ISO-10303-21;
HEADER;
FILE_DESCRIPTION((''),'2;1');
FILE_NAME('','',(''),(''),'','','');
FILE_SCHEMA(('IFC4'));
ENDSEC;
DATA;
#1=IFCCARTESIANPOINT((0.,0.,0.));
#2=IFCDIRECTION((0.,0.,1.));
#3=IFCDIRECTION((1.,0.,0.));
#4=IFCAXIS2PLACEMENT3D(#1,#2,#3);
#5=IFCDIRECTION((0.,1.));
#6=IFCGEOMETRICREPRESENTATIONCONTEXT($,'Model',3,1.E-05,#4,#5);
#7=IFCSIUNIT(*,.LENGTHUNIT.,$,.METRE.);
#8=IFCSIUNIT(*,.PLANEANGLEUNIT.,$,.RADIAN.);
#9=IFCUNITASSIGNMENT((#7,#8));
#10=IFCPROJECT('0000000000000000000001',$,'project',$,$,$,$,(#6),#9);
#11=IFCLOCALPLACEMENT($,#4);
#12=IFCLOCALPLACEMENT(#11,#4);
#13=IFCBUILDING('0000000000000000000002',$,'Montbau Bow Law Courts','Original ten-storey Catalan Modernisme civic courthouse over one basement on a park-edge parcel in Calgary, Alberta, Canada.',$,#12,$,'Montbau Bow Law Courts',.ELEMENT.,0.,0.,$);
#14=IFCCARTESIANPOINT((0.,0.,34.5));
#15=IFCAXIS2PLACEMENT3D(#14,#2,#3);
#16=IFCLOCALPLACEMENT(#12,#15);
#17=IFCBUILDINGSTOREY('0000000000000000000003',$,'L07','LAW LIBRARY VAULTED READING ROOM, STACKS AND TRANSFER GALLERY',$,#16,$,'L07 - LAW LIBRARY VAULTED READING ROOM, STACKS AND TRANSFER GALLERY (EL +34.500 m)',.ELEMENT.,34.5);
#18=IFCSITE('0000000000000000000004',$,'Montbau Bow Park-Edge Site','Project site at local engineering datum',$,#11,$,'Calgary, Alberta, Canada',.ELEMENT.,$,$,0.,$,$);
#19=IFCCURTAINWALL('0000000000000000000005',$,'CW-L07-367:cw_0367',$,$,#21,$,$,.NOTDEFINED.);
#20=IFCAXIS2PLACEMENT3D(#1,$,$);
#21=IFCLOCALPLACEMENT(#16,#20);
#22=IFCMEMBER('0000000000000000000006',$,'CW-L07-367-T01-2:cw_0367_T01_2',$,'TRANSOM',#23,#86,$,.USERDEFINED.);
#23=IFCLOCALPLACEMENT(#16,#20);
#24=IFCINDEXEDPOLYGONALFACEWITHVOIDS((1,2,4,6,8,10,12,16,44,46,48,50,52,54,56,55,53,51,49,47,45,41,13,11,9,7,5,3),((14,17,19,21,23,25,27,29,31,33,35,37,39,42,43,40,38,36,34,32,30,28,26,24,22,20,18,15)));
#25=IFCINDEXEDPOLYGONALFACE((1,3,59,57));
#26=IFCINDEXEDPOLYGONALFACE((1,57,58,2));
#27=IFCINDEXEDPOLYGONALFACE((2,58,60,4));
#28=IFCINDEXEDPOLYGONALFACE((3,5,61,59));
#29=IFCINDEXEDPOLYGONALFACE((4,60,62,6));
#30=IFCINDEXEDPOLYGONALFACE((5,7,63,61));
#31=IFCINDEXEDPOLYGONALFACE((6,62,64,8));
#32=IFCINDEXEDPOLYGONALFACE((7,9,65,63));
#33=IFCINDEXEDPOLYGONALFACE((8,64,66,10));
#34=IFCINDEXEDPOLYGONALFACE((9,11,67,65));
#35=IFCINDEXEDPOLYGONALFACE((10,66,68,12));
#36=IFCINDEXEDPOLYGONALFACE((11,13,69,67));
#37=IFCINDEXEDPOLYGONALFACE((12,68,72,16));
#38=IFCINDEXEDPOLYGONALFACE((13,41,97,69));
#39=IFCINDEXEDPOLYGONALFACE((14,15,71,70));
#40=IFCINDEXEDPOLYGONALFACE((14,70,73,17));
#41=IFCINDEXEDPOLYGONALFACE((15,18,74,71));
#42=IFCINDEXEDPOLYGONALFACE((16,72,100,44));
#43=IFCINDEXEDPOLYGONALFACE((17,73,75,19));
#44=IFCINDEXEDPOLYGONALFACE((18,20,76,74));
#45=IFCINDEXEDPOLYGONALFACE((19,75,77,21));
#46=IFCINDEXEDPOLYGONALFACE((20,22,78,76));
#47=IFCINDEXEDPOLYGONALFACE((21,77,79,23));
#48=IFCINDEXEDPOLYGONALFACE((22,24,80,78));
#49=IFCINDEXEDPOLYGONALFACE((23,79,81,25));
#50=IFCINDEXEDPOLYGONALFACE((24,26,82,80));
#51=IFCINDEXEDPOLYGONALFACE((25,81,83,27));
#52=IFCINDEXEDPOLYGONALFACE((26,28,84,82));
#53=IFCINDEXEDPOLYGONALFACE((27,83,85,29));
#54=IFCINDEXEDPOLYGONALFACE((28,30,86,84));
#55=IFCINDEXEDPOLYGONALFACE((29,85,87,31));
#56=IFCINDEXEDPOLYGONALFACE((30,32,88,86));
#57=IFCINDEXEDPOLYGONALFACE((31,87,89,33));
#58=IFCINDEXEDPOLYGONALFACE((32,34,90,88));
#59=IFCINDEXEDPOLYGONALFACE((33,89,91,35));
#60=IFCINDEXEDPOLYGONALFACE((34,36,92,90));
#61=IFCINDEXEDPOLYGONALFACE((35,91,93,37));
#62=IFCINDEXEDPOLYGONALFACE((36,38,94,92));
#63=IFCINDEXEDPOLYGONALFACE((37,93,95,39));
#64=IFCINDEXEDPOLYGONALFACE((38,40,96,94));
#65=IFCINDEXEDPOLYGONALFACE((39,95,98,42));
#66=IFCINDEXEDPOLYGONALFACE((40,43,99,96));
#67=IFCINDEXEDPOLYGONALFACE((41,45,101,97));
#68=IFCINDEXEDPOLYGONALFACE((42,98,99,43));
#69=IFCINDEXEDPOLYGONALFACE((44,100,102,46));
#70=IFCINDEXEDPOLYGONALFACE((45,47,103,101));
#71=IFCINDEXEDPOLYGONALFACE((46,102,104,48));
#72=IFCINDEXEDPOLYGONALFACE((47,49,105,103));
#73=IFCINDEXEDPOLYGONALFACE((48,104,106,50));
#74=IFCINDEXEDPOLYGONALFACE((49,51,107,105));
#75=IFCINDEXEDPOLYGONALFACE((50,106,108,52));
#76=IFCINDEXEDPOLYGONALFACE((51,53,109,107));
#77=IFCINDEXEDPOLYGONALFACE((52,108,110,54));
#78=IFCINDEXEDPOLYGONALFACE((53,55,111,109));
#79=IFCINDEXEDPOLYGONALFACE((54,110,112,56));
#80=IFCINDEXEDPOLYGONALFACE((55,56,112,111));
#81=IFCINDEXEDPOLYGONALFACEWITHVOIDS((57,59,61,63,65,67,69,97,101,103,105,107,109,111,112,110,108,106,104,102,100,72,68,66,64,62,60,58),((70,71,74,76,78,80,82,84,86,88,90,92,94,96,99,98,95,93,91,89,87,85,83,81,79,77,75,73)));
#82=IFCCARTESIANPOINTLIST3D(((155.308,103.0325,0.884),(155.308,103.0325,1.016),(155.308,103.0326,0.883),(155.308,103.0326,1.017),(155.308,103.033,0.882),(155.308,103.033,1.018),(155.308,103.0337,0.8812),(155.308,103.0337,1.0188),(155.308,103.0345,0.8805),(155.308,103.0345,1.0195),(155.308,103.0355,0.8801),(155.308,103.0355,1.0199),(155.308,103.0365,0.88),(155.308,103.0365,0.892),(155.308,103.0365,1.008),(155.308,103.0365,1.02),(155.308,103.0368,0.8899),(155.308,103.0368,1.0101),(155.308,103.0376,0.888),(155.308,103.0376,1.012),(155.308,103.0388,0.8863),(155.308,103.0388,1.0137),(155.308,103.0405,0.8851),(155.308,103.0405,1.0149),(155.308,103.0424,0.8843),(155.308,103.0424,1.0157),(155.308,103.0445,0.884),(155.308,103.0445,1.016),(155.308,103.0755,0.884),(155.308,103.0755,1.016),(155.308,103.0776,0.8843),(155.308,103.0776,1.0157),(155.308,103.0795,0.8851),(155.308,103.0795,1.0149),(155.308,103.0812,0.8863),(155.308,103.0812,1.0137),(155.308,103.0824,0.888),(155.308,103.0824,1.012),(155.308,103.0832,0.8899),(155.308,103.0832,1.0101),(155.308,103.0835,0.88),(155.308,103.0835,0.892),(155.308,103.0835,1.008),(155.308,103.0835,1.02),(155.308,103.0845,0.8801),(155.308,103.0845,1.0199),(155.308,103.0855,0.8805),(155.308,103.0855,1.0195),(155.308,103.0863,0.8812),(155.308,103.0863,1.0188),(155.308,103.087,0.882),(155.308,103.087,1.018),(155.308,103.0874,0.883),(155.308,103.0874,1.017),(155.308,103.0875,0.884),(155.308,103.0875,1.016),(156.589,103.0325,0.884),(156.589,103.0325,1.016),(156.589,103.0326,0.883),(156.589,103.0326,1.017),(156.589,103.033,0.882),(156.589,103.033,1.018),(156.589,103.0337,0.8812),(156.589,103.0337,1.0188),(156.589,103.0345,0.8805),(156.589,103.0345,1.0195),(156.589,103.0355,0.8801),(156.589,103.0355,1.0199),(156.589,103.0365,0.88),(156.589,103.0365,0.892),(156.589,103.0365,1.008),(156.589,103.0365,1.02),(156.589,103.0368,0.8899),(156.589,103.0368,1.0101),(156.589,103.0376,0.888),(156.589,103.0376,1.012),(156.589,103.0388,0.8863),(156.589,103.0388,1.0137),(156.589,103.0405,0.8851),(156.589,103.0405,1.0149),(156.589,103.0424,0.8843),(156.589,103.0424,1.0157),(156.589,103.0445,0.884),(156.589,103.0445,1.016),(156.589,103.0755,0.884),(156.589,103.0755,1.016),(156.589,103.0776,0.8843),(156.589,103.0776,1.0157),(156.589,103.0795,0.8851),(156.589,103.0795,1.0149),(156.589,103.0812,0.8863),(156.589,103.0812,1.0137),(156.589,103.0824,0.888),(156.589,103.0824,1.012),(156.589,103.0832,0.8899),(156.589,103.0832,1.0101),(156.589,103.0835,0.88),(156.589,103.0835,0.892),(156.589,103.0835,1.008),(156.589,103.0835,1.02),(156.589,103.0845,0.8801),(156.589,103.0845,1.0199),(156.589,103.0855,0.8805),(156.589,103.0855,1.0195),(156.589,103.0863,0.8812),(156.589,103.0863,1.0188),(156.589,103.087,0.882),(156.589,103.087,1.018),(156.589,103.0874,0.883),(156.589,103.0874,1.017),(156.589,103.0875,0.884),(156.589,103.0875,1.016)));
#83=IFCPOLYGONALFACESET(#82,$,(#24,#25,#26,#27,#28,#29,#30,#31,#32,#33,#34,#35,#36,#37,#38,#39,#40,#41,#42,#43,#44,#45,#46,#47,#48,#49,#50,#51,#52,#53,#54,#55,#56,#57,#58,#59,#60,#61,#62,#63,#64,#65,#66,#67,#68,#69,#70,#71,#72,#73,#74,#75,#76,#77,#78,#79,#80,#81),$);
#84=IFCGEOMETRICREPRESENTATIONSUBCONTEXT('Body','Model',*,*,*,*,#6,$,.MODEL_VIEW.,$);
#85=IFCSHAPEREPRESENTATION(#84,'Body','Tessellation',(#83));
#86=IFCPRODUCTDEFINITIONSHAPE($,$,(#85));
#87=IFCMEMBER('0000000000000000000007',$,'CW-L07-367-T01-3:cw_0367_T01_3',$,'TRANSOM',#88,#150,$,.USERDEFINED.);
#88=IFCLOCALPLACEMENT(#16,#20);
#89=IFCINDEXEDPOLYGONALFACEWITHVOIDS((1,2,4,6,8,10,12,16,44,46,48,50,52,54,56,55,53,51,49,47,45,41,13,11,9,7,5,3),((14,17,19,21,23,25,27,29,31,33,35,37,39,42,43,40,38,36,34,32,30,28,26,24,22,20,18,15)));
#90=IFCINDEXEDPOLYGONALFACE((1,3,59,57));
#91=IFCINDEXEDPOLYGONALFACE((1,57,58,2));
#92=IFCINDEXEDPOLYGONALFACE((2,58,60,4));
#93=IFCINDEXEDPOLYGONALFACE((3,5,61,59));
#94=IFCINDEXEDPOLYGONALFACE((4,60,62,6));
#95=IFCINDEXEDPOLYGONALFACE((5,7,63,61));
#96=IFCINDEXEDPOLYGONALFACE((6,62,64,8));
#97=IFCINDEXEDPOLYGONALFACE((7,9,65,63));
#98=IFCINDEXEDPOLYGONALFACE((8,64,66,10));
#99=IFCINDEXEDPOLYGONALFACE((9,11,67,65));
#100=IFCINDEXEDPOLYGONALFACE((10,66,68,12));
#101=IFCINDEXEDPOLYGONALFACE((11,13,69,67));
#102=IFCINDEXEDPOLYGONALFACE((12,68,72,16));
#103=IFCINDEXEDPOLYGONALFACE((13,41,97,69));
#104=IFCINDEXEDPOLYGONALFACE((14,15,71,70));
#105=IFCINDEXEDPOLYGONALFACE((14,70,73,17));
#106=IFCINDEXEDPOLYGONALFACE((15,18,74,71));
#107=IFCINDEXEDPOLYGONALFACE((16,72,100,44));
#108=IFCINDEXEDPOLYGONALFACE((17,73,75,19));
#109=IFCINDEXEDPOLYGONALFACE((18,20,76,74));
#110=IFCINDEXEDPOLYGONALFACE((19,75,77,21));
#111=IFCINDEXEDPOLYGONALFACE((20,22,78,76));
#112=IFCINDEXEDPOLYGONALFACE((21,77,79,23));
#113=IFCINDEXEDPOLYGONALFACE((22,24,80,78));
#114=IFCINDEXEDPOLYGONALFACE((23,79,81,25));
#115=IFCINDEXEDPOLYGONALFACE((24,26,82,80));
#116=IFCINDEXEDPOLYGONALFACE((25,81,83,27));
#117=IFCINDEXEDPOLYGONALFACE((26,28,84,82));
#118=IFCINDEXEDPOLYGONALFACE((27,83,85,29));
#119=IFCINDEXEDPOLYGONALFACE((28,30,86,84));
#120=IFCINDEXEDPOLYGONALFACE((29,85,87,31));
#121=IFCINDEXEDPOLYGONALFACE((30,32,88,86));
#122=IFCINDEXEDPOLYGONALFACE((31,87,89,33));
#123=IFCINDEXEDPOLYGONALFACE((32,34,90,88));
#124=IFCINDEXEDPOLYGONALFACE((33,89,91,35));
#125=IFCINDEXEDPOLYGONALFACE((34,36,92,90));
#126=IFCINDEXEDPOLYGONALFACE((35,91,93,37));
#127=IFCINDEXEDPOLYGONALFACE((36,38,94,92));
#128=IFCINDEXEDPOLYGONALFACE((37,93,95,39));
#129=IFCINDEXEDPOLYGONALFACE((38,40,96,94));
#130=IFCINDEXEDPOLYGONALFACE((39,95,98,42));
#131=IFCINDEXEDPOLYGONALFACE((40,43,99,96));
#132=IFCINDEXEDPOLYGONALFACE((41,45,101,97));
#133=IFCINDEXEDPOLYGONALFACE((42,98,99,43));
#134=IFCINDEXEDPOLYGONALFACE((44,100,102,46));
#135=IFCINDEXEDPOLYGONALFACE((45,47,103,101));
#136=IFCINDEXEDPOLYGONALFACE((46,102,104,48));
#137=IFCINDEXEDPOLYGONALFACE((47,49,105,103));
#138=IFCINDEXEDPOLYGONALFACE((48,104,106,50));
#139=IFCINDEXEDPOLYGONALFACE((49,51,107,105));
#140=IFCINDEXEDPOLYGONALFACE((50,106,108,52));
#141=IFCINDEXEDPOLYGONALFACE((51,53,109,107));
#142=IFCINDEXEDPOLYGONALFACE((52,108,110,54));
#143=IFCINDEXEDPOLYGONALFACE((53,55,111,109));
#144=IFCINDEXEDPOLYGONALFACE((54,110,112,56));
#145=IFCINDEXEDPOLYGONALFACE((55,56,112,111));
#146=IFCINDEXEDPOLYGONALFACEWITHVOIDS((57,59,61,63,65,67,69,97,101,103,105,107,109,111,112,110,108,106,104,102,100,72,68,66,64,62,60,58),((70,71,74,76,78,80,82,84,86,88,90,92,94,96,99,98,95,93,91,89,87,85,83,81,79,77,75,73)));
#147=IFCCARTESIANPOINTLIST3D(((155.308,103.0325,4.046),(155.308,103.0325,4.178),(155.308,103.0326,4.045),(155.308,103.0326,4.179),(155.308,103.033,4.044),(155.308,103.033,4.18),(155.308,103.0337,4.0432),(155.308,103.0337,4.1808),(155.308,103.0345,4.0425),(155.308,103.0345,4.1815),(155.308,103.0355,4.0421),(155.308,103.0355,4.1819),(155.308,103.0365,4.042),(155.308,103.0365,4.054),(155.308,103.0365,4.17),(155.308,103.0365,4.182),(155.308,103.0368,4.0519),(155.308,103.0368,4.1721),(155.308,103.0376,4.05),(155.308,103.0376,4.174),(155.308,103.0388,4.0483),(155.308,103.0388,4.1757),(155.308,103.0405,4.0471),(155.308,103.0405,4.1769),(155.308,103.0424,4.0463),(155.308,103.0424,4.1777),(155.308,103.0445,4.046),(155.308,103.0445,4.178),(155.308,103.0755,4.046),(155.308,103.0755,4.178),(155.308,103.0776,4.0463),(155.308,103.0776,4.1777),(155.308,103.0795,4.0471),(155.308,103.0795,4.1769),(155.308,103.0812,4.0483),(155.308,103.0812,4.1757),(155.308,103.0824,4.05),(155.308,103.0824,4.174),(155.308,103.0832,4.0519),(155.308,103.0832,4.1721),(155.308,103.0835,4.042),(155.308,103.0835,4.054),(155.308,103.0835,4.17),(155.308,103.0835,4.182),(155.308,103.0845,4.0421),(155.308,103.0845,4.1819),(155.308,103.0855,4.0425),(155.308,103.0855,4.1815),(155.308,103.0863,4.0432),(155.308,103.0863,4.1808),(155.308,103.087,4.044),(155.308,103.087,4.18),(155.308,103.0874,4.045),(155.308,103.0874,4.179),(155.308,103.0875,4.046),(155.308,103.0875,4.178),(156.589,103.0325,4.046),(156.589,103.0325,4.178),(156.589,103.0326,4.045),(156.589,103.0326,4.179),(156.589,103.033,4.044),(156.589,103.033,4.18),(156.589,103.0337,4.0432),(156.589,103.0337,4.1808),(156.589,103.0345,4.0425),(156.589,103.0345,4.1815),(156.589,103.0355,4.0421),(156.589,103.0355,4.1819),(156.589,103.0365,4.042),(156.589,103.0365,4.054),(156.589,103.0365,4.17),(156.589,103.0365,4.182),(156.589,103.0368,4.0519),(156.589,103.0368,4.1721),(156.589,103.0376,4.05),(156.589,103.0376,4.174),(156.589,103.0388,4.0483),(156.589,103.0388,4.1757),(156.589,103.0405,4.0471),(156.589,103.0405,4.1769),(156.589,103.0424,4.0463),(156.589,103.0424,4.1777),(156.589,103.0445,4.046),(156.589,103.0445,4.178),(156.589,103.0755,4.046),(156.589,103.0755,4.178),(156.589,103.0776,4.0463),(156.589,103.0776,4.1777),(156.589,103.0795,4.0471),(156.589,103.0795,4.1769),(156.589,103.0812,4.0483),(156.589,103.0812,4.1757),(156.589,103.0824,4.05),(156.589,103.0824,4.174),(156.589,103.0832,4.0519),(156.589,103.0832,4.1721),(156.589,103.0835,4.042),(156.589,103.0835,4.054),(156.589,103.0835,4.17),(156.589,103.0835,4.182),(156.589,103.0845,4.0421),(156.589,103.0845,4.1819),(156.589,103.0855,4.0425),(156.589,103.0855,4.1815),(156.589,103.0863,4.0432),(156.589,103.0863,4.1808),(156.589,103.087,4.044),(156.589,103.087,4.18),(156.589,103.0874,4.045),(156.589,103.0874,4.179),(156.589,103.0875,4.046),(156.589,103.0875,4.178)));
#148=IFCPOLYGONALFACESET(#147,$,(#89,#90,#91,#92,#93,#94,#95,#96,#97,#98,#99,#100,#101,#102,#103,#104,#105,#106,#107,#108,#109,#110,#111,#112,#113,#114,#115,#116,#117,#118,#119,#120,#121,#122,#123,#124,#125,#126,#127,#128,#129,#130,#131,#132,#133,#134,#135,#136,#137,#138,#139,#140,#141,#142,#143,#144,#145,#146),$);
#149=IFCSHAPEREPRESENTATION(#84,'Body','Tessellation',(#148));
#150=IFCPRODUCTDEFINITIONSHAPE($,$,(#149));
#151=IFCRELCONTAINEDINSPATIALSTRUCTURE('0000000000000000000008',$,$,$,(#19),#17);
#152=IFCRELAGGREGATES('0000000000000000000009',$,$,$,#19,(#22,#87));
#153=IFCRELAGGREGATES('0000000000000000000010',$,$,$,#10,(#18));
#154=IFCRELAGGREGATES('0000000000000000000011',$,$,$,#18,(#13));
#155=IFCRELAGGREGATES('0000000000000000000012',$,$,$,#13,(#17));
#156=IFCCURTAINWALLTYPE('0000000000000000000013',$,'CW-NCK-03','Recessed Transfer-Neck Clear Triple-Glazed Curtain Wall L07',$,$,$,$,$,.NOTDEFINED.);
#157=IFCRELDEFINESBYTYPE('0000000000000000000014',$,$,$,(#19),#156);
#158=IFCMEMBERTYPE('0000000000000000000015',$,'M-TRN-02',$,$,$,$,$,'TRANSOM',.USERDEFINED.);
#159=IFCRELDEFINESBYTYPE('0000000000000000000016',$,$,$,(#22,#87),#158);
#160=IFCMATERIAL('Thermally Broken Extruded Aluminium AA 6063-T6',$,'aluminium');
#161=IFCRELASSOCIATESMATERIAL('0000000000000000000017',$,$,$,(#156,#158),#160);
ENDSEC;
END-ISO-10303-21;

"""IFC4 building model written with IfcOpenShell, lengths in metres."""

from ifc_helpers import new_model, si_unit, direction, frame, origin_with_axes, origin_2d_with_axis, place, context, subcontext, project, spatial, hollow_rectangle, extrude, material, material_profile, profile_set, type_object, element, aggregate, save


model = new_model("IFC4")

# Units and contexts
model_context = context("Model", 3, precision=1e-05, world=origin_with_axes(), true_north=direction((0.0, 1.0)))
body_context = subcontext(model_context, "Body", "Model", "MODEL_VIEW")
ifc_project = project(units=[si_unit("LENGTHUNIT", "METRE"), si_unit("PLANEANGLEUNIT", "RADIAN")], contexts=[model_context])

# Site, building, storey
site_placement = place(None, origin_with_axes())
site = spatial("IfcSite", under=ifc_project, at=site_placement, Name="Montbau Bow Park-Edge Site", Description="Project site at local engineering datum", LongName="Calgary, Alberta, Canada", CompositionType="ELEMENT", RefElevation=0.0)
building_placement = place(site_placement, origin_with_axes())
building = spatial("IfcBuilding", under=site, at=building_placement, Name="Montbau Bow Law Courts", Description="Original ten-storey Catalan Modernisme civic courthouse over one basement on a park-edge parcel in Calgary, Alberta, Canada.", LongName="Montbau Bow Law Courts", CompositionType="ELEMENT", ElevationOfRefHeight=0.0, ElevationOfTerrain=0.0)
storey_placement = place(building_placement, frame((0.0, 0.0, 34.5), z_axis=(0.0, 0.0, 1.0), x_axis=(1.0, 0.0, 0.0)))
storey = spatial("IfcBuildingStorey", under=building, at=storey_placement, Name="L07", Description="LAW LIBRARY VAULTED READING ROOM, STACKS AND TRANSFER GALLERY", LongName="L07 - LAW LIBRARY VAULTED READING ROOM, STACKS AND TRANSFER GALLERY (EL +34.500 m)", CompositionType="ELEMENT", Elevation=34.5)

# Shared definitions
ifc_material_1 = material(Name="Thermally Broken Extruded Aluminium AA 6063-T6", Category="aluminium")
curtain_wall_type = type_object("IfcCurtainWallType", Name="CW-NCK-03", Description="Recessed Transfer-Neck Clear Triple-Glazed Curtain Wall L07", PredefinedType="NOTDEFINED", material=ifc_material_1)

# Curtain wall, members
curtain_wall_1_placement = place(None, frame((155.24, 103.06, 34.5), z_axis=(0.0, 0.0, 1.0), x_axis=(1.0, 0.0, 0.0)))
curtain_wall_1 = element("IfcCurtainWall", 1, at=curtain_wall_1_placement, inside=storey, type_object=curtain_wall_type, Name="CW-L07-367:cw_0367", PredefinedType="NOTDEFINED")
ifc_material_profile_1 = material_profile(ifc_material_1, hollow_rectangle(XDim=0.055, YDim=0.14, WallThickness=0.004, InnerFilletRadius=0.008, OuterFilletRadius=0.004, at=origin_2d_with_axis()), Name="CWT-140X55", Category="Main", Priority=0)
ifc_profile_set_1 = profile_set([ifc_material_profile_1], Name="Thermally Broken Extruded Aluminium AA 6063-T6")
member_type_1 = type_object("IfcMemberType", Name="M-TRN-02", ElementType="TRANSOM", PredefinedType="USERDEFINED", material=ifc_profile_set_1)
member_1_placement = place(None, frame((155.308, 103.06, 35.45), z_axis=(1.0, 0.0, 0.0), x_axis=(0.0, 1.0, 0.0)))
member_1 = element("IfcMember", 2, at=member_1_placement, type_object=member_type_1, Name="CW-L07-367-T01-2:cw_0367_T01_2", ObjectType="TRANSOM", PredefinedType="USERDEFINED", context=body_context, shape_type="SweptSolid", body=[
    extrude(hollow_rectangle(XDim=0.055, YDim=0.14, WallThickness=0.004, InnerFilletRadius=0.008, OuterFilletRadius=0.004, at=origin_2d_with_axis()), origin_with_axes(), (0.0, 0.0, 1.0), 1.281),
])
member_2_placement = place(None, frame((155.308, 103.06, 38.612), z_axis=(1.0, 0.0, 0.0), x_axis=(0.0, 1.0, 0.0)))
member_2 = element("IfcMember", 3, at=member_2_placement, type_object=member_type_1, Name="CW-L07-367-T01-3:cw_0367_T01_3", ObjectType="TRANSOM", PredefinedType="USERDEFINED", context=body_context, shape_type="SweptSolid", body=[
    extrude(hollow_rectangle(XDim=0.055, YDim=0.14, WallThickness=0.004, InnerFilletRadius=0.008, OuterFilletRadius=0.004, at=origin_2d_with_axis()), origin_with_axes(), (0.0, 0.0, 1.0), 1.281),
])

aggregate(curtain_wall_1, [member_1, member_2])

save(model, "model.ifc")
